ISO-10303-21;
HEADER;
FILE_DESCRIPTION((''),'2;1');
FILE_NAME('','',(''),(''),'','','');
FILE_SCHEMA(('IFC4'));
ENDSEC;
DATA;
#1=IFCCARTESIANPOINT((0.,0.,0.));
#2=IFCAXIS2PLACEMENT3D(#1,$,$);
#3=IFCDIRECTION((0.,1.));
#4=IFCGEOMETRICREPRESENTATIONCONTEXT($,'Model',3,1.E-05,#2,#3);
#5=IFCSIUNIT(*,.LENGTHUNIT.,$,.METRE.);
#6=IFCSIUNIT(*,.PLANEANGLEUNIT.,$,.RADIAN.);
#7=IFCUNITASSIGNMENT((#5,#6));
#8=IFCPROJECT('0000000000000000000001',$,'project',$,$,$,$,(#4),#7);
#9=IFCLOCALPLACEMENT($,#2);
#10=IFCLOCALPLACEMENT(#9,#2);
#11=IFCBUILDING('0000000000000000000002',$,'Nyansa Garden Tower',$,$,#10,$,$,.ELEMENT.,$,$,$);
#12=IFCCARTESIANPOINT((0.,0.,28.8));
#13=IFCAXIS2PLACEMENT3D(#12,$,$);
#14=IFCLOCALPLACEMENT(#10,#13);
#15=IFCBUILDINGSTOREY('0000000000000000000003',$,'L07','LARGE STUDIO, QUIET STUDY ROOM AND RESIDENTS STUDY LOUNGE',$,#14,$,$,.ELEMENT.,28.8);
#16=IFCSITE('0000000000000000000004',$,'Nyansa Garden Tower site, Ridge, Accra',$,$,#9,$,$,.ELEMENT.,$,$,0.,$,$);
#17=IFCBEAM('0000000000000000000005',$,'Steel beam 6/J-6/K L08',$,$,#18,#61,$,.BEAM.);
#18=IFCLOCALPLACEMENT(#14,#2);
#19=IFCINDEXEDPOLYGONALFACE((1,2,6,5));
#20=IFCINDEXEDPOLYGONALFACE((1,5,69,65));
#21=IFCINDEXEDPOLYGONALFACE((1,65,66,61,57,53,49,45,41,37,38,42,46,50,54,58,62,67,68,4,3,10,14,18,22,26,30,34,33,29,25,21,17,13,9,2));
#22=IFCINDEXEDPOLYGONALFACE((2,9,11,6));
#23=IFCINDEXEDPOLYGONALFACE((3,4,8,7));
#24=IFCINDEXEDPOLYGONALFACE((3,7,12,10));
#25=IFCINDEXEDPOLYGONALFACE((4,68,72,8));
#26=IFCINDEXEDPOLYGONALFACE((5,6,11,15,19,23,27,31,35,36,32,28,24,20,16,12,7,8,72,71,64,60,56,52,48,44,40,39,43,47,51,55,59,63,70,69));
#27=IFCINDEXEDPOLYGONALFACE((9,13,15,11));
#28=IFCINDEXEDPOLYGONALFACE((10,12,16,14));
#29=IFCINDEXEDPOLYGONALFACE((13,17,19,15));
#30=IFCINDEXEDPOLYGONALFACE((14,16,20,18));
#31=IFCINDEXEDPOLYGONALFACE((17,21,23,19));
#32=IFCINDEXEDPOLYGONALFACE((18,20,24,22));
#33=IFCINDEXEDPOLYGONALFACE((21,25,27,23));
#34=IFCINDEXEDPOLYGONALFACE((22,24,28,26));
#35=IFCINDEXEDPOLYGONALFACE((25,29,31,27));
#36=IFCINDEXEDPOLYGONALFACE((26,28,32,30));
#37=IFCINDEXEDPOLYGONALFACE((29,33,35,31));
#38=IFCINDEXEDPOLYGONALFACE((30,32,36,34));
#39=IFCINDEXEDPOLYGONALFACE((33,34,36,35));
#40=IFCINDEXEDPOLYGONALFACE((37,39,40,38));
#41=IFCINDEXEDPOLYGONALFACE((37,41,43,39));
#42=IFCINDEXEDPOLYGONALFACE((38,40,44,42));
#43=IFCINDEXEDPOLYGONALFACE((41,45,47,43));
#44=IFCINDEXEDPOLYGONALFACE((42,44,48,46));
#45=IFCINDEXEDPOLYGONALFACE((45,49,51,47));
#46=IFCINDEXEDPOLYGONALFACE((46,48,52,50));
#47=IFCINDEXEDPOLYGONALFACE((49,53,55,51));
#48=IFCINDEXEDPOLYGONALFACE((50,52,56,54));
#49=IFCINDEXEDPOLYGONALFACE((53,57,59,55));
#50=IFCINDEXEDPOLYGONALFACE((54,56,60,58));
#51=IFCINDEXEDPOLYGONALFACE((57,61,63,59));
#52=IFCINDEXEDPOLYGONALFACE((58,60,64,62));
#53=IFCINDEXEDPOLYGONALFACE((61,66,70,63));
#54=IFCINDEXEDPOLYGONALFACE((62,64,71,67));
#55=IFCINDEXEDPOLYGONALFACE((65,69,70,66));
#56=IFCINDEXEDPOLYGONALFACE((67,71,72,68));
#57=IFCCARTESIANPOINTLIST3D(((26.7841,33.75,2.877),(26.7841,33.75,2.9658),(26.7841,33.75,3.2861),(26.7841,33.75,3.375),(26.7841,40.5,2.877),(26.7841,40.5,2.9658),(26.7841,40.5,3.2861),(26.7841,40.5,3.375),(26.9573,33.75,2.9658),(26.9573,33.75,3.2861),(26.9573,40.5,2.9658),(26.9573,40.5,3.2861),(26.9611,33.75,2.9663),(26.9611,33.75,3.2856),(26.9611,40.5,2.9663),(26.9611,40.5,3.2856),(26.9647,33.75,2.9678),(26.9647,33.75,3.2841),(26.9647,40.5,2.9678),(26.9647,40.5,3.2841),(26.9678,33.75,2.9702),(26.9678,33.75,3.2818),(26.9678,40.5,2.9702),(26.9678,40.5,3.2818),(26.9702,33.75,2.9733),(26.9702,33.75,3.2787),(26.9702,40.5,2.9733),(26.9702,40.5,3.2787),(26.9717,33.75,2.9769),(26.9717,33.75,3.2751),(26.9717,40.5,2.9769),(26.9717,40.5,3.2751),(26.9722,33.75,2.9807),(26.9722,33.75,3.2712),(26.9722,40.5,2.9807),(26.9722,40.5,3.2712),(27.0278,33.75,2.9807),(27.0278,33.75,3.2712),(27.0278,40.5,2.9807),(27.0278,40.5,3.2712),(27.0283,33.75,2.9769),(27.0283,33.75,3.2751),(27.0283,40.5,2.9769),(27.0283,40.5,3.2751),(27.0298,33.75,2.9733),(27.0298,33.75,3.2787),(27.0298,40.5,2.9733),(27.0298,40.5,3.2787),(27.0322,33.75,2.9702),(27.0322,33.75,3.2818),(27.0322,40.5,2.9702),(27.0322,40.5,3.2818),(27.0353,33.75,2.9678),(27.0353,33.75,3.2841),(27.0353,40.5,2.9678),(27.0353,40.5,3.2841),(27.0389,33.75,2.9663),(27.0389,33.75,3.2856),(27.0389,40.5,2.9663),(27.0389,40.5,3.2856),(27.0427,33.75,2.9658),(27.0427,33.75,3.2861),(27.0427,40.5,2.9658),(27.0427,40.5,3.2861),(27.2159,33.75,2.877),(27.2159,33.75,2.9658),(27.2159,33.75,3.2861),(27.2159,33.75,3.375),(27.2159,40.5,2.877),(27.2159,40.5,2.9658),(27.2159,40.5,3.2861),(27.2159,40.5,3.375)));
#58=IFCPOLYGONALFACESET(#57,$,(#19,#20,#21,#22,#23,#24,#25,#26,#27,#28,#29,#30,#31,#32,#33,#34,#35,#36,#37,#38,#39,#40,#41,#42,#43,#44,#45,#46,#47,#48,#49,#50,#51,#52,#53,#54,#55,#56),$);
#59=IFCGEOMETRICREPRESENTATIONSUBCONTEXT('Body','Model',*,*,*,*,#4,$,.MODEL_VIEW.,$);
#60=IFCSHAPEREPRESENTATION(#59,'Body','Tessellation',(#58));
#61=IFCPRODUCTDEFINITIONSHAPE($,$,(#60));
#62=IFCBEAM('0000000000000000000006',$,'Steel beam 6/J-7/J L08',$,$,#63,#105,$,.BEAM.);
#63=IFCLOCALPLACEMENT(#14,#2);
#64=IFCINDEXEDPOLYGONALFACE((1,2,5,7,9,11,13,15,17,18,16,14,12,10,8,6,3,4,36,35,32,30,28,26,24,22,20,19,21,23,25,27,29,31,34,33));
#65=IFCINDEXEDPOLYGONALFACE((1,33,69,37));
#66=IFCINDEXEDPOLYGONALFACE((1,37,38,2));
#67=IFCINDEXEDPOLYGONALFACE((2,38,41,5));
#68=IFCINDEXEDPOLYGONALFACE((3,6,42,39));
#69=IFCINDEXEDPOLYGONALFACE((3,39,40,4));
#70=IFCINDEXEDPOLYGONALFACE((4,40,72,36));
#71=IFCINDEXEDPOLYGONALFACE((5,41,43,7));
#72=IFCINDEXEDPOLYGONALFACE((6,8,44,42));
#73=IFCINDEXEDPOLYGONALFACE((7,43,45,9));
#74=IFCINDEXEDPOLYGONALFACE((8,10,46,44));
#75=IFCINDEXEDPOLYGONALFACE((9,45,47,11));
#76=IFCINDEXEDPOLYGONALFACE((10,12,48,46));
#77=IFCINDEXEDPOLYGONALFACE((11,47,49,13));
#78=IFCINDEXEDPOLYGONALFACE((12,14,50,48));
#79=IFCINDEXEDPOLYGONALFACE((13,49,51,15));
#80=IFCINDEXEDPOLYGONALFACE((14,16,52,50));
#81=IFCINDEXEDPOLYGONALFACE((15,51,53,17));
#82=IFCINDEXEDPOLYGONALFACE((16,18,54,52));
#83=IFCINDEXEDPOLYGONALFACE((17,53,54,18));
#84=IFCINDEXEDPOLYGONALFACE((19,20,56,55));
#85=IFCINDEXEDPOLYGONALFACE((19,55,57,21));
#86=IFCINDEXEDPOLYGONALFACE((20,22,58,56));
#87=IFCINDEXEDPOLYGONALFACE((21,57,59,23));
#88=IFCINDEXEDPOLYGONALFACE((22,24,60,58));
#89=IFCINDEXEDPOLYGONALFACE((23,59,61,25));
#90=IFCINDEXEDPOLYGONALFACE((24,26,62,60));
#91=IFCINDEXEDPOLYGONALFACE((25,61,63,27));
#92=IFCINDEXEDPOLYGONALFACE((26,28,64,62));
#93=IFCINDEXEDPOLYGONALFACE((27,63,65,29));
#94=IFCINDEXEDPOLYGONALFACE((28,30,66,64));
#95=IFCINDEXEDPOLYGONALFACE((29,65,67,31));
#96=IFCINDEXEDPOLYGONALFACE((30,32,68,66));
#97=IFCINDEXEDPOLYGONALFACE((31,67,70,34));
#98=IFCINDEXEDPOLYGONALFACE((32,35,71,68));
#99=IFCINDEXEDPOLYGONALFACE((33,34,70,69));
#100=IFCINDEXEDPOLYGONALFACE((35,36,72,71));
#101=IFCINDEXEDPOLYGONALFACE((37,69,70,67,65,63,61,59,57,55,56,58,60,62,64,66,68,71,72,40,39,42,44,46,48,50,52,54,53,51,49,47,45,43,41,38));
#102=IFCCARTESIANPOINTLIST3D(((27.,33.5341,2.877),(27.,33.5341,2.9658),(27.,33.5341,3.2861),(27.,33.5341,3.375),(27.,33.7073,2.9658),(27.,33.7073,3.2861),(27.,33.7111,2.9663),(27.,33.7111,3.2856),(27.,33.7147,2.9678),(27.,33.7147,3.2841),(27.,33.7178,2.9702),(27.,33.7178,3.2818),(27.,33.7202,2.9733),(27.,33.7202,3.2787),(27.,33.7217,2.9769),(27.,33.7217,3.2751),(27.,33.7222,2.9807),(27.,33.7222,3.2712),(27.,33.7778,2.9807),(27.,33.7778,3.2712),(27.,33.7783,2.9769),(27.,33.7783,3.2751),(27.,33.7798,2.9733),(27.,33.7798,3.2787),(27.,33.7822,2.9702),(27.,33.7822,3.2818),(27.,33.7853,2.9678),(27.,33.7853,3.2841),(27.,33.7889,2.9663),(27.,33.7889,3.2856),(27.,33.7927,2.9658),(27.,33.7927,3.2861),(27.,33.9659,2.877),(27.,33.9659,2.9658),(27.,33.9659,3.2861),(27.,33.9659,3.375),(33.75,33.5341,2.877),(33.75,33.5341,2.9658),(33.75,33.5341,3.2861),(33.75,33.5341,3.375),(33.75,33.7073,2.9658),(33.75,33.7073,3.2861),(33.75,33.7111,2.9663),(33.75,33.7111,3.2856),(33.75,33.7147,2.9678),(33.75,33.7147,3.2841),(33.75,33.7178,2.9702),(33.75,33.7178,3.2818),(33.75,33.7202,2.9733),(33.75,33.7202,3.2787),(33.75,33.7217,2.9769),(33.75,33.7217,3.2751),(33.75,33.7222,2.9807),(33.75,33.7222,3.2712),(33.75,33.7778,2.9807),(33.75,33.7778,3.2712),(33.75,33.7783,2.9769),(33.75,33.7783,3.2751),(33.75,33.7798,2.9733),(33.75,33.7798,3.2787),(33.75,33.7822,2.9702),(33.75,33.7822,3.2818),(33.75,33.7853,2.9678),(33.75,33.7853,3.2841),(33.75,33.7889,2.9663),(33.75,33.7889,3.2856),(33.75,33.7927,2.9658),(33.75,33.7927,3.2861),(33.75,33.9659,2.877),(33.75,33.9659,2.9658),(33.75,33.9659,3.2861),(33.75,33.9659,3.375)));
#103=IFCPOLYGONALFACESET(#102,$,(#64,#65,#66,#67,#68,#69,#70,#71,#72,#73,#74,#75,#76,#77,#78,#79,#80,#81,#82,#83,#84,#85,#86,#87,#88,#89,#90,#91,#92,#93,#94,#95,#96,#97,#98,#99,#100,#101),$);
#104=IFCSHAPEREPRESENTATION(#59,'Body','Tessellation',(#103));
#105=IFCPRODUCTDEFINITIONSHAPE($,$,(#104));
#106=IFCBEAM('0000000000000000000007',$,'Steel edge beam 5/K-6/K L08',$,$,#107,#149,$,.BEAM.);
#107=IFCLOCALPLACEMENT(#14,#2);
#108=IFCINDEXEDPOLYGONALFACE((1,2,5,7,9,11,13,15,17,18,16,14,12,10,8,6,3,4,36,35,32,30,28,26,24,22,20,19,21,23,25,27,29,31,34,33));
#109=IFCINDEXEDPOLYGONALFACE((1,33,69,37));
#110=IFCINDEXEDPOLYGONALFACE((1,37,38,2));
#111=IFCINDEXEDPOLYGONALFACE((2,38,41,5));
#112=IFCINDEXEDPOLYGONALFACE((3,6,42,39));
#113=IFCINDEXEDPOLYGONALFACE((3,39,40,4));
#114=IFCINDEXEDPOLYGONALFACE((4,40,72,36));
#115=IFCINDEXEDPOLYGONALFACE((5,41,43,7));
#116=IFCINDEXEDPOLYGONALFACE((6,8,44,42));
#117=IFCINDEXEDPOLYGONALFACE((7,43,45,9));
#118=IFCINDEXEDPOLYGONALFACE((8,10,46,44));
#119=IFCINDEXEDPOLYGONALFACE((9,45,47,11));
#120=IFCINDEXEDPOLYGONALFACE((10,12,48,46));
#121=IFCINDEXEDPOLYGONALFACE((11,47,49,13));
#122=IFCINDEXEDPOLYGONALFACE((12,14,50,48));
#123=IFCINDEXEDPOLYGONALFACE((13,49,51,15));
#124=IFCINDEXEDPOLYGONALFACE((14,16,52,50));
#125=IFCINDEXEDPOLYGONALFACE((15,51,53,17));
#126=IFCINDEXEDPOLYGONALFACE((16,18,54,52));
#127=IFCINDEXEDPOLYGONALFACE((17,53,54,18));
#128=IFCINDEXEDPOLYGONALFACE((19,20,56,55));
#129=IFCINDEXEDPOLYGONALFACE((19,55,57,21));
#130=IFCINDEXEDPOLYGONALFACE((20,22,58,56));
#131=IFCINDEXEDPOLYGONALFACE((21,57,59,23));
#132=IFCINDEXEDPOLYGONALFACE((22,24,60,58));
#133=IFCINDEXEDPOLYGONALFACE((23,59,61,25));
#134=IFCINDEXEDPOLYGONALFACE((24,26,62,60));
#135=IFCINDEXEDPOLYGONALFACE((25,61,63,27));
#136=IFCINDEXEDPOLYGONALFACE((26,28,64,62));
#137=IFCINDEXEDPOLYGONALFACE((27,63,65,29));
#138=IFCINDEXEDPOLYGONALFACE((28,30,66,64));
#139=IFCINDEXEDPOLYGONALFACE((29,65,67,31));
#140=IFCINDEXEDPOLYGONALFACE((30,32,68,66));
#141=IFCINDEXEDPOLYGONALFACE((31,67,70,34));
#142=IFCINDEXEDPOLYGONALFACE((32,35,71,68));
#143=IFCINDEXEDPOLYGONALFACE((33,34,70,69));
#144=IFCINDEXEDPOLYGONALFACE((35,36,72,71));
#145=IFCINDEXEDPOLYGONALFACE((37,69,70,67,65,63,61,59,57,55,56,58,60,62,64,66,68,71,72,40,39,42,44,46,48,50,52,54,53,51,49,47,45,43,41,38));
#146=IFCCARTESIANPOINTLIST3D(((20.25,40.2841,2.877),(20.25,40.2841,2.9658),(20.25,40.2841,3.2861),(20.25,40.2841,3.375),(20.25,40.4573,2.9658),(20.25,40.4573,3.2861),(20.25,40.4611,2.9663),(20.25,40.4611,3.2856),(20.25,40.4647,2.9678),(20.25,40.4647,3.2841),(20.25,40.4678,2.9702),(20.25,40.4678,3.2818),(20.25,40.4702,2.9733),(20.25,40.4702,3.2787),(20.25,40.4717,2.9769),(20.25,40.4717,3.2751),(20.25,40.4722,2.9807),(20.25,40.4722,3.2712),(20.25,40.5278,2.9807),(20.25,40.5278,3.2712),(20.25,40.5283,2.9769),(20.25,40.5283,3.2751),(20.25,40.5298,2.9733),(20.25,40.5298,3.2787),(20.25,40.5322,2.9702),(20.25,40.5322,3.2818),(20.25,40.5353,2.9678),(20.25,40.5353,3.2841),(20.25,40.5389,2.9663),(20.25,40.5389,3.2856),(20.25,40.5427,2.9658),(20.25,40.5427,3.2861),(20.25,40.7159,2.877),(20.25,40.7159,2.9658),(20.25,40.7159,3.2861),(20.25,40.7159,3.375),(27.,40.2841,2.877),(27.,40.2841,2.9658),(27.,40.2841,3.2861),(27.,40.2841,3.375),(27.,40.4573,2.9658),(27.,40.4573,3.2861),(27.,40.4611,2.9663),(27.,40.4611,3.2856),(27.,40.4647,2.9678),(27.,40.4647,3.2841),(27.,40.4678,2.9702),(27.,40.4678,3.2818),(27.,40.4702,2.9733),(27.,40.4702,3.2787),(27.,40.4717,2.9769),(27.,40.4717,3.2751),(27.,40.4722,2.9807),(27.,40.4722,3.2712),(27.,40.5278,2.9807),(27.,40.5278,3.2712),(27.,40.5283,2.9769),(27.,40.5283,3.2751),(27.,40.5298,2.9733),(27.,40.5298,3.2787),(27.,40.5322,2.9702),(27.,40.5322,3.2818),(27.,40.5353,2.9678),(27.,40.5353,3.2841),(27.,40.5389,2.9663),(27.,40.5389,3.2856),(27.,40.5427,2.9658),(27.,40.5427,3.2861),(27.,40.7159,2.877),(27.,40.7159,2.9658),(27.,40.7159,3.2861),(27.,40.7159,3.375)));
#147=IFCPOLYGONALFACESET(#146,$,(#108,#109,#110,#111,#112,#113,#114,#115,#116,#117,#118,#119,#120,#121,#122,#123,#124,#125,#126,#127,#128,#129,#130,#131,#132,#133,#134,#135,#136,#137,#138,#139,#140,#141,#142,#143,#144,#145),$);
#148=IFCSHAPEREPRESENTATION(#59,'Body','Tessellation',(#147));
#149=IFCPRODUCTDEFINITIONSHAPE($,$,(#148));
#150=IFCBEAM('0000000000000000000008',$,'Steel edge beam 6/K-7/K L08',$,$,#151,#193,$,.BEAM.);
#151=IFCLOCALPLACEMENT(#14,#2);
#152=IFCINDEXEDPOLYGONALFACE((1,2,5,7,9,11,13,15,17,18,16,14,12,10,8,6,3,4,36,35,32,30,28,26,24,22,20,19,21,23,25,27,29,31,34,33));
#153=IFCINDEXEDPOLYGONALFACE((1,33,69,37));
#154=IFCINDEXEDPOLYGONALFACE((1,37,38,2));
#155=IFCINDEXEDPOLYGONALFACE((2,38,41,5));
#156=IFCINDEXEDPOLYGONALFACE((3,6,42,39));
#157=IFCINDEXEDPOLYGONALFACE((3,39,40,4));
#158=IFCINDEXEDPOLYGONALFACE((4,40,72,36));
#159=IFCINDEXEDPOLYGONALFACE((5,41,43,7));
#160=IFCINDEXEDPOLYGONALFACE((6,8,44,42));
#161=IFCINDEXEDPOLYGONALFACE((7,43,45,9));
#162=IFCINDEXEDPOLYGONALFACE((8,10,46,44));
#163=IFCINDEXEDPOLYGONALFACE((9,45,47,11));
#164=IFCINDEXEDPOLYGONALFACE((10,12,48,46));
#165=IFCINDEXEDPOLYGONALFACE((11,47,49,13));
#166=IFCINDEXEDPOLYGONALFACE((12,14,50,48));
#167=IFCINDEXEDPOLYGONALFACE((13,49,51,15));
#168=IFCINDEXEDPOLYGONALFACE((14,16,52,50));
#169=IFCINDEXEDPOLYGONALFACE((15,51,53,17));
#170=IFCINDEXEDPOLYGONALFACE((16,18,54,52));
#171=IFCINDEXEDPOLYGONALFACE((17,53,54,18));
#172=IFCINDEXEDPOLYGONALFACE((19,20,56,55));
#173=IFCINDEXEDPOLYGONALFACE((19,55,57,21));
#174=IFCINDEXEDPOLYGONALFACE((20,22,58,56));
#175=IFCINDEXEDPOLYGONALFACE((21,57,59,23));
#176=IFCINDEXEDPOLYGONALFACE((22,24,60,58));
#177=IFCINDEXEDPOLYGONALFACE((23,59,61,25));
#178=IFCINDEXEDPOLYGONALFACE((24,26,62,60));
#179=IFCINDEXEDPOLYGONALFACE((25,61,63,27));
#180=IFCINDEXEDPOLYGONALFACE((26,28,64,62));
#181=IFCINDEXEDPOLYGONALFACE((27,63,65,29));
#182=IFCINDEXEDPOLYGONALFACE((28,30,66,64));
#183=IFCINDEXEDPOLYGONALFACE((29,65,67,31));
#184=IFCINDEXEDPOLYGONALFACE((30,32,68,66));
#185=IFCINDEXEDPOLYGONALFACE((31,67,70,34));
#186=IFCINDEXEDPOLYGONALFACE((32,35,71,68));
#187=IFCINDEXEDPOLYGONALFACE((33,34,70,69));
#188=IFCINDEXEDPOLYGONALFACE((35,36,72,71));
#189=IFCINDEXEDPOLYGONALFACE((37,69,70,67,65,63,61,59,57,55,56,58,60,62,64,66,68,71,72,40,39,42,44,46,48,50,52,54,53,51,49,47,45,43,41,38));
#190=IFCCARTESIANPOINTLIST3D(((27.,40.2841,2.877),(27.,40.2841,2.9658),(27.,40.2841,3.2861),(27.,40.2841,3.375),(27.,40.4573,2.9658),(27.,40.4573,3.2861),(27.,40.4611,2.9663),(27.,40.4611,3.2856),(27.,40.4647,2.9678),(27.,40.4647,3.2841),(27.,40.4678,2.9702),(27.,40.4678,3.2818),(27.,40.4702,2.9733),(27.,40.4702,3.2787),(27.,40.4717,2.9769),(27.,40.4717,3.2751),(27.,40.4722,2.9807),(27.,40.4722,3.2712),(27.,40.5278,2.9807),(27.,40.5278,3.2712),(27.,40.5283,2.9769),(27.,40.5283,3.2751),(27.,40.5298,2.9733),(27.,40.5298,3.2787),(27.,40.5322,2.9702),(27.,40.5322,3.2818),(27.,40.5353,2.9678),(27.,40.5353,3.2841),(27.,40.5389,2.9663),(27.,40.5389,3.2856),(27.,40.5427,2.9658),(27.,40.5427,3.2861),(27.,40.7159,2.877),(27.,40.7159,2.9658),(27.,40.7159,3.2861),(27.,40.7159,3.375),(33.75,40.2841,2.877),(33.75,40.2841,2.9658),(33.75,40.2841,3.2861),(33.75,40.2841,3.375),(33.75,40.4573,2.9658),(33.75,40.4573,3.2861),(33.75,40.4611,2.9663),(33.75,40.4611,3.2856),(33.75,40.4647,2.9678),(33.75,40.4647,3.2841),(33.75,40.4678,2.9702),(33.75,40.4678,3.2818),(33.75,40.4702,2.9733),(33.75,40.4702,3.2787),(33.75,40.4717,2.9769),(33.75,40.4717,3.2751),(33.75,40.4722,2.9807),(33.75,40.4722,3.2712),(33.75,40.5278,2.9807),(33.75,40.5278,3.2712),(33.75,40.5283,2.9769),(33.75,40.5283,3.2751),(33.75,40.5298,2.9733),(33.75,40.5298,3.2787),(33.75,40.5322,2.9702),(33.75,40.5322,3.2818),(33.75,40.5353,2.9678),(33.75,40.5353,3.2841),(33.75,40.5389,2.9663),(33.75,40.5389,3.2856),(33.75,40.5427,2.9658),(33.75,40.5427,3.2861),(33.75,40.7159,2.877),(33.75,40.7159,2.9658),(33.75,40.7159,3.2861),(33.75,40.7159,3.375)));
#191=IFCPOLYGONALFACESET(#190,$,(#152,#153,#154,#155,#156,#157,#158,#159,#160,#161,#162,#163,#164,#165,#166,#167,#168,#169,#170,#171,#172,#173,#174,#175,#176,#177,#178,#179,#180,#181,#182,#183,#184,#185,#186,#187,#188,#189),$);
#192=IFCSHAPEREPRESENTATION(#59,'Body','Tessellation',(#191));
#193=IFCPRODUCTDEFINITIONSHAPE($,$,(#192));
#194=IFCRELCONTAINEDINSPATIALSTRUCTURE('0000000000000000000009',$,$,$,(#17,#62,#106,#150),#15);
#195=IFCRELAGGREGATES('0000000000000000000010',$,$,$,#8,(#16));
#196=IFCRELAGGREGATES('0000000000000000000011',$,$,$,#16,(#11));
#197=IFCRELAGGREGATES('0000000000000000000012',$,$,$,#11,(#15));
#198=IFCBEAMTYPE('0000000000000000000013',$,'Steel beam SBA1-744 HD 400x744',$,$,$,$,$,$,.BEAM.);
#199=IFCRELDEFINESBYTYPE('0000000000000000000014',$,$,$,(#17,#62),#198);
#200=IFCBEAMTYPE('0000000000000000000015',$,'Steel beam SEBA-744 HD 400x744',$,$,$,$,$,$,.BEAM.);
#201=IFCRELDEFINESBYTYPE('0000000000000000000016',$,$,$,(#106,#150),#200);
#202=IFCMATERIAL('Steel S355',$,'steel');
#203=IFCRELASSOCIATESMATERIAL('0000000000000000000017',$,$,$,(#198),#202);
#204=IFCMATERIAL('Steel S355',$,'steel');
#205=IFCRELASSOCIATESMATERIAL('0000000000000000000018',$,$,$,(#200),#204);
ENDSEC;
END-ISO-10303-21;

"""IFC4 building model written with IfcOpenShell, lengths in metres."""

from ifc_helpers import new_model, si_unit, direction, frame, origin, origin_2d, place, context, subcontext, project, spatial, i_section, extrude, material, material_profile, profile_set, type_object, element, save


model = new_model("IFC4")

# Units and contexts
model_context = context("Model", 3, precision=1e-05, world=origin(), true_north=direction((0.0, 1.0)))
body_context = subcontext(model_context, "Body", "Model", "MODEL_VIEW")
ifc_project = project(units=[si_unit("LENGTHUNIT", "METRE"), si_unit("PLANEANGLEUNIT", "RADIAN")], contexts=[model_context])

# Site, building, storey
site_placement = place(None, origin())
site = spatial("IfcSite", under=ifc_project, at=site_placement, Name="Nyansa Garden Tower site, Ridge, Accra", CompositionType="ELEMENT", RefElevation=0.0)
building_placement = place(site_placement, origin())
building = spatial("IfcBuilding", under=site, at=building_placement, Name="Nyansa Garden Tower", CompositionType="ELEMENT")
storey_placement = place(building_placement, frame((0.0, 0.0, 28.8)))
storey = spatial("IfcBuildingStorey", under=building, at=storey_placement, Name="L07", Description="LARGE STUDIO, QUIET STUDY ROOM AND RESIDENTS STUDY LOUNGE", CompositionType="ELEMENT", Elevation=28.8)

# Beams
ifc_material_1 = material(Name="Steel S355", Category="steel")
ifc_material_profile_1 = material_profile(ifc_material_1, i_section(OverallWidth=0.4319, OverallDepth=0.498, WebThickness=0.0557, FlangeThickness=0.0889, FilletRadius=0.0149, at=origin_2d()), Name="HD 400x744")
ifc_profile_set_1 = profile_set([ifc_material_profile_1], Name="Steel S355")
beam_type_1 = type_object("IfcBeamType", Name="Steel beam SBA1-744 HD 400x744", PredefinedType="BEAM", material=ifc_profile_set_1)
for number, where, z_axis, x_axis, name in (
    (1, (27.0, 33.75, 3.126), (0.0, 1.0, 0.0), (-1.0, 0.0, 0.0), "Steel beam 6/J-6/K L08"),
    (2, (27.0, 33.75, 3.126), (1.0, 0.0, 0.0), (0.0, 1.0, 0.0), "Steel beam 6/J-7/J L08"),
):
    element("IfcBeam", number, at=place(storey_placement, frame(where, z_axis=z_axis, x_axis=x_axis)), inside=storey, type_object=beam_type_1, Name=name, PredefinedType="BEAM", context=body_context, shape_type="SweptSolid", body=[
        extrude(i_section(OverallWidth=0.4319, OverallDepth=0.498, WebThickness=0.0557, FlangeThickness=0.0889, FilletRadius=0.0149, at=origin_2d()), origin(), (0.0, 0.0, 1.0), 6.75),
    ])
ifc_material_2 = material(Name="Steel S355", Category="steel")
ifc_material_profile_2 = material_profile(ifc_material_2, i_section(OverallWidth=0.4319, OverallDepth=0.498, WebThickness=0.0557, FlangeThickness=0.0889, FilletRadius=0.0149, at=origin_2d()), Name="HD 400x744")
ifc_profile_set_2 = profile_set([ifc_material_profile_2], Name="Steel S355")
beam_type_2 = type_object("IfcBeamType", Name="Steel beam SEBA-744 HD 400x744", PredefinedType="BEAM", material=ifc_profile_set_2)
for number, where, z_axis, x_axis, name in (
    (3, (20.25, 40.5, 3.126), (1.0, 0.0, 0.0), (0.0, 1.0, 0.0), "Steel edge beam 5/K-6/K L08"),
    (4, (27.0, 40.5, 3.126), (1.0, 0.0, 0.0), (0.0, 1.0, 0.0), "Steel edge beam 6/K-7/K L08"),
):
    element("IfcBeam", number, at=place(storey_placement, frame(where, z_axis=z_axis, x_axis=x_axis)), inside=storey, type_object=beam_type_2, Name=name, PredefinedType="BEAM", context=body_context, shape_type="SweptSolid", body=[
        extrude(i_section(OverallWidth=0.4319, OverallDepth=0.498, WebThickness=0.0557, FlangeThickness=0.0889, FilletRadius=0.0149, at=origin_2d()), origin(), (0.0, 0.0, 1.0), 6.75),
    ])

save(model, "model.ifc")
